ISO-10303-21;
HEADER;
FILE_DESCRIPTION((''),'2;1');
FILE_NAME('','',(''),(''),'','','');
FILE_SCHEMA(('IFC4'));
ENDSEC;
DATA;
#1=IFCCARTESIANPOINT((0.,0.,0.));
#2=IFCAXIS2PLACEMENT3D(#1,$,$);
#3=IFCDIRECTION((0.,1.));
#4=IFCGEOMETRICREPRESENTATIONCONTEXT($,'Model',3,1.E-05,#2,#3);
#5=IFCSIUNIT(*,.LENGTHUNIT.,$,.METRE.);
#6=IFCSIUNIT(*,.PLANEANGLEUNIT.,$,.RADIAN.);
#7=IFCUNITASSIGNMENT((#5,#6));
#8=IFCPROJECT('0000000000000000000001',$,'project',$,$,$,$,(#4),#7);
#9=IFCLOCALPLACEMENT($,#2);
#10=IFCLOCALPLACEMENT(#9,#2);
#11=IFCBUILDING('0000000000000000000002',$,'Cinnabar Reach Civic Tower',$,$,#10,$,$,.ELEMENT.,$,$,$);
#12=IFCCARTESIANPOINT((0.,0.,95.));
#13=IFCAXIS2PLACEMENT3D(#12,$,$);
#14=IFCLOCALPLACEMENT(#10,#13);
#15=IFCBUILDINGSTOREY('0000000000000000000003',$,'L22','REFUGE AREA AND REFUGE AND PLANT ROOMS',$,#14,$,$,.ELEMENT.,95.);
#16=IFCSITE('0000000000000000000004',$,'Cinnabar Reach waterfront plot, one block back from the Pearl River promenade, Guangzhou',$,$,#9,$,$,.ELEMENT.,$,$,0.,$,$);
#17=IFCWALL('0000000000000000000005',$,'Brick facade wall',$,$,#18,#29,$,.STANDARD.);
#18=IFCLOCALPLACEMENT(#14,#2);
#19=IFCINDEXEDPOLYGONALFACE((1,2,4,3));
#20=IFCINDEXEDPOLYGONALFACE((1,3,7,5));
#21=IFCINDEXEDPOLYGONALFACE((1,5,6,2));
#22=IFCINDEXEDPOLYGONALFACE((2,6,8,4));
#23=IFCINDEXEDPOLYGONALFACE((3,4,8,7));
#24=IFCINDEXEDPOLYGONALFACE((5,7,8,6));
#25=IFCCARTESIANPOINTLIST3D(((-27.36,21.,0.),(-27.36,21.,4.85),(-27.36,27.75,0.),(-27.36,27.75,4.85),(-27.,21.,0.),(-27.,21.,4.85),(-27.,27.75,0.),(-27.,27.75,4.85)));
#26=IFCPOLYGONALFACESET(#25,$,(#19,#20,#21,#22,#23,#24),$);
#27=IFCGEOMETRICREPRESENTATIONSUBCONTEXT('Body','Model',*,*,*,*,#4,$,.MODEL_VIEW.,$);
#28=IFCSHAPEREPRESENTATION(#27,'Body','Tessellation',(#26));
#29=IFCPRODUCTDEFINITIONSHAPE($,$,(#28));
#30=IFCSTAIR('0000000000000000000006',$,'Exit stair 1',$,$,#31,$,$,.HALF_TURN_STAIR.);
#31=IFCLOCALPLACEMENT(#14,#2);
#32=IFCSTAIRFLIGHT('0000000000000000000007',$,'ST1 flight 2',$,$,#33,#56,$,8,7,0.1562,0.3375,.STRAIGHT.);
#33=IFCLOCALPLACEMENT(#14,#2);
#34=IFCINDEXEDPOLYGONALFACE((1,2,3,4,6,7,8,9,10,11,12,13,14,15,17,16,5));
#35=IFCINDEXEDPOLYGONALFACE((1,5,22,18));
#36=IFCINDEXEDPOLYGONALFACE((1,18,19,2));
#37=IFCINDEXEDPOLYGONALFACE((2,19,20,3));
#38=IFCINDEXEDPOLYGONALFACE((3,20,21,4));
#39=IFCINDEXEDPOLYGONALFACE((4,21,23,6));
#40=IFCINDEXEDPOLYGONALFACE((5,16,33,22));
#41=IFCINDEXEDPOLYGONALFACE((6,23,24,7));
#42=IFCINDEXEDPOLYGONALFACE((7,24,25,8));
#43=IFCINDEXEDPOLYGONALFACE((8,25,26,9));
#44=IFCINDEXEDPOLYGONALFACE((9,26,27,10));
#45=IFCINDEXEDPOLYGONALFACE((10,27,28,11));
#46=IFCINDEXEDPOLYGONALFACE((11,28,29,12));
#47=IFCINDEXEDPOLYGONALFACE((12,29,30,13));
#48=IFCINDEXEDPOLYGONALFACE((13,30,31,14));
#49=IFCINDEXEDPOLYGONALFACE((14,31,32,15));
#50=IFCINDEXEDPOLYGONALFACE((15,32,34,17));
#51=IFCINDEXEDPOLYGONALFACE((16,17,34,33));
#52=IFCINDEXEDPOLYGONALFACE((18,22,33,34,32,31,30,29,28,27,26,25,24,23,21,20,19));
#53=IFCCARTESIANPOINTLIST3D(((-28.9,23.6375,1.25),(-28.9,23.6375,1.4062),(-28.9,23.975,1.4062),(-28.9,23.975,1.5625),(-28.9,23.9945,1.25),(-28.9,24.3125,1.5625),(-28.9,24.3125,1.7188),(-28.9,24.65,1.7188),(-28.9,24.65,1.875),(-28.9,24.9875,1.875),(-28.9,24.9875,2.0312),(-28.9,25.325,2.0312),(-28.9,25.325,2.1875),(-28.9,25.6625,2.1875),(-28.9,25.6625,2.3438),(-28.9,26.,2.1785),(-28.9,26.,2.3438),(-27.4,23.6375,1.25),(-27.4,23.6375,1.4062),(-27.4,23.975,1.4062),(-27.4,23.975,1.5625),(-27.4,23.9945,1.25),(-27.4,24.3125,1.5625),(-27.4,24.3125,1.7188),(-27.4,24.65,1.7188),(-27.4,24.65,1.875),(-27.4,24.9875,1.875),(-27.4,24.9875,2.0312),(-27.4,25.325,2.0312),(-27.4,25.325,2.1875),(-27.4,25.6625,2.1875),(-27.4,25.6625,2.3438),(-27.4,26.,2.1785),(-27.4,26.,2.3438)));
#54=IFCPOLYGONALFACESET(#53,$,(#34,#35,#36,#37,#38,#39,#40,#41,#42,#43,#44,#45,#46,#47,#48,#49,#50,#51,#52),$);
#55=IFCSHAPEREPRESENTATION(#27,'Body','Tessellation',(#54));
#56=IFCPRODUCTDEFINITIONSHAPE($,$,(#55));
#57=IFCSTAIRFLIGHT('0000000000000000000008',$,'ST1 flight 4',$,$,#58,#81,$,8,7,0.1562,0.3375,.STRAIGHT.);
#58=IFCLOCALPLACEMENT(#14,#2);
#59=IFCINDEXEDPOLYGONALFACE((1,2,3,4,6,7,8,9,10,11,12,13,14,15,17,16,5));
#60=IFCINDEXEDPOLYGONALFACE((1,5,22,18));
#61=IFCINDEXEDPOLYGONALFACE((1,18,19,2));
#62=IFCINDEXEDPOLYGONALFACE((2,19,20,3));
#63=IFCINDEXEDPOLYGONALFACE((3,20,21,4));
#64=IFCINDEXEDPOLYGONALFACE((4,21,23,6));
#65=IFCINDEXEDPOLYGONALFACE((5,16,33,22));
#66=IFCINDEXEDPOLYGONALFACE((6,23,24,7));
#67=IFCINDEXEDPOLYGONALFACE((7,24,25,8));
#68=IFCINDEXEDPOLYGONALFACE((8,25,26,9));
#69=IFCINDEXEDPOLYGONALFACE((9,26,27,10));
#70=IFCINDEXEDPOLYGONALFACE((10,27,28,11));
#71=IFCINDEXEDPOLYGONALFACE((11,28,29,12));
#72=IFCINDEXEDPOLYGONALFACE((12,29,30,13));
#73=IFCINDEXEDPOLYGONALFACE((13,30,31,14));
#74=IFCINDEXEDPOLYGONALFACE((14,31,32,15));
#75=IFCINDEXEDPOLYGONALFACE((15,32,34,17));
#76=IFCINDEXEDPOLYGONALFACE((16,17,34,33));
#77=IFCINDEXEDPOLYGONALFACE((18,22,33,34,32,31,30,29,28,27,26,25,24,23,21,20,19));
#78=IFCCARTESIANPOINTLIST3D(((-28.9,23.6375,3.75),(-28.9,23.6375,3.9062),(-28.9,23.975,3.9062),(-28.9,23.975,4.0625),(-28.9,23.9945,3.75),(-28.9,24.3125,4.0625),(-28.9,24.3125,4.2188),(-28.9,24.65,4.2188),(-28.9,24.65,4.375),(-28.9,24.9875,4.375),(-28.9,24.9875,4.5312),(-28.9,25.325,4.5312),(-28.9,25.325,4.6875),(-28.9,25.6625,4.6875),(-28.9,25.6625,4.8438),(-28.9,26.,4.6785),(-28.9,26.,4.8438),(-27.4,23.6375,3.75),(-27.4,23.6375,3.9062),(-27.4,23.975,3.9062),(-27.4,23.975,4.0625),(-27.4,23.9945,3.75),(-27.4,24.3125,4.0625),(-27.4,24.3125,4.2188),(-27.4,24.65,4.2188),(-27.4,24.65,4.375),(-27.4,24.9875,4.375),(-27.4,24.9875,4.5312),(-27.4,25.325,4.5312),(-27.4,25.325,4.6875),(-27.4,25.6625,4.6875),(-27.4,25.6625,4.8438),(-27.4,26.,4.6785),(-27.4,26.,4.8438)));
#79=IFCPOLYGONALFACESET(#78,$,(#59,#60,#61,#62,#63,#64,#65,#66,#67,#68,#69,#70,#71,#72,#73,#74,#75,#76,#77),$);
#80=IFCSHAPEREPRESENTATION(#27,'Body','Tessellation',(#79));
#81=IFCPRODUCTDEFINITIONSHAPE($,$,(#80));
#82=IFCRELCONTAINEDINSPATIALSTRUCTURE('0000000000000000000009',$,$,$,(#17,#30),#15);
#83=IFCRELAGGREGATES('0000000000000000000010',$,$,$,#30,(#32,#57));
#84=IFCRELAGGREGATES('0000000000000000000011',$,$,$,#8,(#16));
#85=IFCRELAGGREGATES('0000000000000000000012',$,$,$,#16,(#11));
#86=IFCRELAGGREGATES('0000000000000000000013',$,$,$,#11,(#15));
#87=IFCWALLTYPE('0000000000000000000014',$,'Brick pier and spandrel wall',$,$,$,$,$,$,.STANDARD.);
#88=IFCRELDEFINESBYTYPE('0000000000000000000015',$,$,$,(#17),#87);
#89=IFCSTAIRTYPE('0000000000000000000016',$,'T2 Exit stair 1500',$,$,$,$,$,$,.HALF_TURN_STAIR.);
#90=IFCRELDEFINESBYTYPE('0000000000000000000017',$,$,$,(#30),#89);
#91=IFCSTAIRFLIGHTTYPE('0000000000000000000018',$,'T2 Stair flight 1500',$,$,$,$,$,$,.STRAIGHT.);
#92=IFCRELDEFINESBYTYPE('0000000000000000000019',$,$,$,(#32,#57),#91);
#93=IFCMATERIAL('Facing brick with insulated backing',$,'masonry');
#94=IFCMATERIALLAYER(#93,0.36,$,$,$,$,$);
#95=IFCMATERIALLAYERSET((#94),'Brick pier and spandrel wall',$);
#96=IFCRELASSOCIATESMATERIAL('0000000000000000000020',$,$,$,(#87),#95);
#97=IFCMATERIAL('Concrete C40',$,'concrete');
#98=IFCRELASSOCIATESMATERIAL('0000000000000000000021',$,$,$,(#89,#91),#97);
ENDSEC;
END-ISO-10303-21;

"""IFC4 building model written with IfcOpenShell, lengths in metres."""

from ifc_helpers import new_model, si_unit, direction, frame, frame_2d, origin, place, context, subcontext, project, spatial, polyline, rectangle, outline, extrude, material, layer, layer_set, type_object, element, aggregate, save


model = new_model("IFC4")

# Units and contexts
model_context = context("Model", 3, precision=1e-05, world=origin(), true_north=direction((0.0, 1.0)))
body_context = subcontext(model_context, "Body", "Model", "MODEL_VIEW")
ifc_project = project(units=[si_unit("LENGTHUNIT", "METRE"), si_unit("PLANEANGLEUNIT", "RADIAN")], contexts=[model_context])

# Site, building, storey
site_placement = place(None, origin())
site = spatial("IfcSite", under=ifc_project, at=site_placement, Name="Cinnabar Reach waterfront plot, one block back from the Pearl River promenade, Guangzhou", CompositionType="ELEMENT", RefElevation=0.0)
building_placement = place(site_placement, origin())
building = spatial("IfcBuilding", under=site, at=building_placement, Name="Cinnabar Reach Civic Tower", CompositionType="ELEMENT")
storey_placement = place(building_placement, frame((0.0, 0.0, 95.0)))
storey = spatial("IfcBuildingStorey", under=building, at=storey_placement, Name="L22", Description="REFUGE AREA AND REFUGE AND PLANT ROOMS", CompositionType="ELEMENT", Elevation=95.0)

# Shared definitions
ifc_material_1 = material(Name="Concrete C40", Category="concrete")

# Shared definitions
ifc_material_2 = material(Name="Facing brick with insulated backing", Category="masonry")

# Shared definitions
ifc_layer_1 = layer(ifc_material_2, 0.36)
ifc_layer_set_1 = layer_set([ifc_layer_1], Name="Brick pier and spandrel wall")
wall_type_1 = type_object("IfcWallType", Name="Brick pier and spandrel wall", PredefinedType="STANDARD", material=ifc_layer_set_1)

# Wall
wall_1_placement = place(storey_placement, frame((-27.18, 21.0, 0.0), z_axis=(0.0, 0.0, 1.0), x_axis=(0.0, 1.0, 0.0)))
element("IfcWall", 1, at=wall_1_placement, inside=storey, type_object=wall_type_1, Name="Brick facade wall", PredefinedType="STANDARD", context=body_context, shape_type="SweptSolid", body=[
    extrude(rectangle(XDim=6.75, YDim=0.36, at=frame_2d((3.375, 0.0))), origin(), (0.0, 0.0, 1.0), 4.85),
])

# Stair, stair flights
stair_type = type_object("IfcStairType", Name="T2 Exit stair 1500", PredefinedType="HALF_TURN_STAIR", material=ifc_material_1)
stair_placement = place(storey_placement, origin())
stair = element("IfcStair", 2, at=stair_placement, inside=storey, type_object=stair_type, Name="Exit stair 1", PredefinedType="HALF_TURN_STAIR")
stair_flight_type = type_object("IfcStairFlightType", Name="T2 Stair flight 1500", PredefinedType="STRAIGHT", material=ifc_material_1)
stair_flight_1_placement = place(storey_placement, frame((-28.15, 23.6375, 1.25), z_axis=(0.0, 0.0, 1.0), x_axis=(0.0, 1.0, 0.0)))
stair_flight_1 = element("IfcStairFlight", 3, at=stair_flight_1_placement, type_object=stair_flight_type, Name="ST1 flight 2", NumberOfRisers=8, NumberOfTreads=7, PredefinedType="STRAIGHT", RiserHeight=0.1562, TreadLength=0.3375, context=body_context, shape_type="SweptSolid", body=[
    extrude(outline(polyline([(0.0, 0.0), (0.0, 0.1562), (0.3375, 0.1562), (0.3375, 0.3125), (0.675, 0.3125), (0.675, 0.4688), (1.0125, 0.4688), (1.0125, 0.625), (1.35, 0.625), (1.35, 0.7812), (1.6875, 0.7812), (1.6875, 0.9375), (2.025, 0.9375), (2.025, 1.0938), (2.3625, 1.0938), (2.3625, 1.25), (2.3625, 0.9285), (0.357, 0.0), (0.0, 0.0)])), frame((0.0, 0.75, 0.0), z_axis=(0.0, -1.0, 0.0), x_axis=(1.0, 0.0, 0.0)), (0.0, 0.0, 1.0), 1.5),
])
stair_flight_2_placement = place(storey_placement, frame((-28.15, 23.6375, 3.75), z_axis=(0.0, 0.0, 1.0), x_axis=(0.0, 1.0, 0.0)))
stair_flight_2 = element("IfcStairFlight", 4, at=stair_flight_2_placement, type_object=stair_flight_type, Name="ST1 flight 4", NumberOfRisers=8, NumberOfTreads=7, PredefinedType="STRAIGHT", RiserHeight=0.1562, TreadLength=0.3375, context=body_context, shape_type="SweptSolid", body=[
    extrude(outline(polyline([(0.0, 0.0), (0.0, 0.1562), (0.3375, 0.1562), (0.3375, 0.3125), (0.675, 0.3125), (0.675, 0.4688), (1.0125, 0.4688), (1.0125, 0.625), (1.35, 0.625), (1.35, 0.7812), (1.6875, 0.7812), (1.6875, 0.9375), (2.025, 0.9375), (2.025, 1.0938), (2.3625, 1.0938), (2.3625, 1.25), (2.3625, 0.9285), (0.357, 0.0), (0.0, 0.0)])), frame((0.0, 0.75, 0.0), z_axis=(0.0, -1.0, 0.0), x_axis=(1.0, 0.0, 0.0)), (0.0, 0.0, 1.0), 1.5),
])
aggregate(stair, [stair_flight_1, stair_flight_2])

save(model, "model.ifc")
